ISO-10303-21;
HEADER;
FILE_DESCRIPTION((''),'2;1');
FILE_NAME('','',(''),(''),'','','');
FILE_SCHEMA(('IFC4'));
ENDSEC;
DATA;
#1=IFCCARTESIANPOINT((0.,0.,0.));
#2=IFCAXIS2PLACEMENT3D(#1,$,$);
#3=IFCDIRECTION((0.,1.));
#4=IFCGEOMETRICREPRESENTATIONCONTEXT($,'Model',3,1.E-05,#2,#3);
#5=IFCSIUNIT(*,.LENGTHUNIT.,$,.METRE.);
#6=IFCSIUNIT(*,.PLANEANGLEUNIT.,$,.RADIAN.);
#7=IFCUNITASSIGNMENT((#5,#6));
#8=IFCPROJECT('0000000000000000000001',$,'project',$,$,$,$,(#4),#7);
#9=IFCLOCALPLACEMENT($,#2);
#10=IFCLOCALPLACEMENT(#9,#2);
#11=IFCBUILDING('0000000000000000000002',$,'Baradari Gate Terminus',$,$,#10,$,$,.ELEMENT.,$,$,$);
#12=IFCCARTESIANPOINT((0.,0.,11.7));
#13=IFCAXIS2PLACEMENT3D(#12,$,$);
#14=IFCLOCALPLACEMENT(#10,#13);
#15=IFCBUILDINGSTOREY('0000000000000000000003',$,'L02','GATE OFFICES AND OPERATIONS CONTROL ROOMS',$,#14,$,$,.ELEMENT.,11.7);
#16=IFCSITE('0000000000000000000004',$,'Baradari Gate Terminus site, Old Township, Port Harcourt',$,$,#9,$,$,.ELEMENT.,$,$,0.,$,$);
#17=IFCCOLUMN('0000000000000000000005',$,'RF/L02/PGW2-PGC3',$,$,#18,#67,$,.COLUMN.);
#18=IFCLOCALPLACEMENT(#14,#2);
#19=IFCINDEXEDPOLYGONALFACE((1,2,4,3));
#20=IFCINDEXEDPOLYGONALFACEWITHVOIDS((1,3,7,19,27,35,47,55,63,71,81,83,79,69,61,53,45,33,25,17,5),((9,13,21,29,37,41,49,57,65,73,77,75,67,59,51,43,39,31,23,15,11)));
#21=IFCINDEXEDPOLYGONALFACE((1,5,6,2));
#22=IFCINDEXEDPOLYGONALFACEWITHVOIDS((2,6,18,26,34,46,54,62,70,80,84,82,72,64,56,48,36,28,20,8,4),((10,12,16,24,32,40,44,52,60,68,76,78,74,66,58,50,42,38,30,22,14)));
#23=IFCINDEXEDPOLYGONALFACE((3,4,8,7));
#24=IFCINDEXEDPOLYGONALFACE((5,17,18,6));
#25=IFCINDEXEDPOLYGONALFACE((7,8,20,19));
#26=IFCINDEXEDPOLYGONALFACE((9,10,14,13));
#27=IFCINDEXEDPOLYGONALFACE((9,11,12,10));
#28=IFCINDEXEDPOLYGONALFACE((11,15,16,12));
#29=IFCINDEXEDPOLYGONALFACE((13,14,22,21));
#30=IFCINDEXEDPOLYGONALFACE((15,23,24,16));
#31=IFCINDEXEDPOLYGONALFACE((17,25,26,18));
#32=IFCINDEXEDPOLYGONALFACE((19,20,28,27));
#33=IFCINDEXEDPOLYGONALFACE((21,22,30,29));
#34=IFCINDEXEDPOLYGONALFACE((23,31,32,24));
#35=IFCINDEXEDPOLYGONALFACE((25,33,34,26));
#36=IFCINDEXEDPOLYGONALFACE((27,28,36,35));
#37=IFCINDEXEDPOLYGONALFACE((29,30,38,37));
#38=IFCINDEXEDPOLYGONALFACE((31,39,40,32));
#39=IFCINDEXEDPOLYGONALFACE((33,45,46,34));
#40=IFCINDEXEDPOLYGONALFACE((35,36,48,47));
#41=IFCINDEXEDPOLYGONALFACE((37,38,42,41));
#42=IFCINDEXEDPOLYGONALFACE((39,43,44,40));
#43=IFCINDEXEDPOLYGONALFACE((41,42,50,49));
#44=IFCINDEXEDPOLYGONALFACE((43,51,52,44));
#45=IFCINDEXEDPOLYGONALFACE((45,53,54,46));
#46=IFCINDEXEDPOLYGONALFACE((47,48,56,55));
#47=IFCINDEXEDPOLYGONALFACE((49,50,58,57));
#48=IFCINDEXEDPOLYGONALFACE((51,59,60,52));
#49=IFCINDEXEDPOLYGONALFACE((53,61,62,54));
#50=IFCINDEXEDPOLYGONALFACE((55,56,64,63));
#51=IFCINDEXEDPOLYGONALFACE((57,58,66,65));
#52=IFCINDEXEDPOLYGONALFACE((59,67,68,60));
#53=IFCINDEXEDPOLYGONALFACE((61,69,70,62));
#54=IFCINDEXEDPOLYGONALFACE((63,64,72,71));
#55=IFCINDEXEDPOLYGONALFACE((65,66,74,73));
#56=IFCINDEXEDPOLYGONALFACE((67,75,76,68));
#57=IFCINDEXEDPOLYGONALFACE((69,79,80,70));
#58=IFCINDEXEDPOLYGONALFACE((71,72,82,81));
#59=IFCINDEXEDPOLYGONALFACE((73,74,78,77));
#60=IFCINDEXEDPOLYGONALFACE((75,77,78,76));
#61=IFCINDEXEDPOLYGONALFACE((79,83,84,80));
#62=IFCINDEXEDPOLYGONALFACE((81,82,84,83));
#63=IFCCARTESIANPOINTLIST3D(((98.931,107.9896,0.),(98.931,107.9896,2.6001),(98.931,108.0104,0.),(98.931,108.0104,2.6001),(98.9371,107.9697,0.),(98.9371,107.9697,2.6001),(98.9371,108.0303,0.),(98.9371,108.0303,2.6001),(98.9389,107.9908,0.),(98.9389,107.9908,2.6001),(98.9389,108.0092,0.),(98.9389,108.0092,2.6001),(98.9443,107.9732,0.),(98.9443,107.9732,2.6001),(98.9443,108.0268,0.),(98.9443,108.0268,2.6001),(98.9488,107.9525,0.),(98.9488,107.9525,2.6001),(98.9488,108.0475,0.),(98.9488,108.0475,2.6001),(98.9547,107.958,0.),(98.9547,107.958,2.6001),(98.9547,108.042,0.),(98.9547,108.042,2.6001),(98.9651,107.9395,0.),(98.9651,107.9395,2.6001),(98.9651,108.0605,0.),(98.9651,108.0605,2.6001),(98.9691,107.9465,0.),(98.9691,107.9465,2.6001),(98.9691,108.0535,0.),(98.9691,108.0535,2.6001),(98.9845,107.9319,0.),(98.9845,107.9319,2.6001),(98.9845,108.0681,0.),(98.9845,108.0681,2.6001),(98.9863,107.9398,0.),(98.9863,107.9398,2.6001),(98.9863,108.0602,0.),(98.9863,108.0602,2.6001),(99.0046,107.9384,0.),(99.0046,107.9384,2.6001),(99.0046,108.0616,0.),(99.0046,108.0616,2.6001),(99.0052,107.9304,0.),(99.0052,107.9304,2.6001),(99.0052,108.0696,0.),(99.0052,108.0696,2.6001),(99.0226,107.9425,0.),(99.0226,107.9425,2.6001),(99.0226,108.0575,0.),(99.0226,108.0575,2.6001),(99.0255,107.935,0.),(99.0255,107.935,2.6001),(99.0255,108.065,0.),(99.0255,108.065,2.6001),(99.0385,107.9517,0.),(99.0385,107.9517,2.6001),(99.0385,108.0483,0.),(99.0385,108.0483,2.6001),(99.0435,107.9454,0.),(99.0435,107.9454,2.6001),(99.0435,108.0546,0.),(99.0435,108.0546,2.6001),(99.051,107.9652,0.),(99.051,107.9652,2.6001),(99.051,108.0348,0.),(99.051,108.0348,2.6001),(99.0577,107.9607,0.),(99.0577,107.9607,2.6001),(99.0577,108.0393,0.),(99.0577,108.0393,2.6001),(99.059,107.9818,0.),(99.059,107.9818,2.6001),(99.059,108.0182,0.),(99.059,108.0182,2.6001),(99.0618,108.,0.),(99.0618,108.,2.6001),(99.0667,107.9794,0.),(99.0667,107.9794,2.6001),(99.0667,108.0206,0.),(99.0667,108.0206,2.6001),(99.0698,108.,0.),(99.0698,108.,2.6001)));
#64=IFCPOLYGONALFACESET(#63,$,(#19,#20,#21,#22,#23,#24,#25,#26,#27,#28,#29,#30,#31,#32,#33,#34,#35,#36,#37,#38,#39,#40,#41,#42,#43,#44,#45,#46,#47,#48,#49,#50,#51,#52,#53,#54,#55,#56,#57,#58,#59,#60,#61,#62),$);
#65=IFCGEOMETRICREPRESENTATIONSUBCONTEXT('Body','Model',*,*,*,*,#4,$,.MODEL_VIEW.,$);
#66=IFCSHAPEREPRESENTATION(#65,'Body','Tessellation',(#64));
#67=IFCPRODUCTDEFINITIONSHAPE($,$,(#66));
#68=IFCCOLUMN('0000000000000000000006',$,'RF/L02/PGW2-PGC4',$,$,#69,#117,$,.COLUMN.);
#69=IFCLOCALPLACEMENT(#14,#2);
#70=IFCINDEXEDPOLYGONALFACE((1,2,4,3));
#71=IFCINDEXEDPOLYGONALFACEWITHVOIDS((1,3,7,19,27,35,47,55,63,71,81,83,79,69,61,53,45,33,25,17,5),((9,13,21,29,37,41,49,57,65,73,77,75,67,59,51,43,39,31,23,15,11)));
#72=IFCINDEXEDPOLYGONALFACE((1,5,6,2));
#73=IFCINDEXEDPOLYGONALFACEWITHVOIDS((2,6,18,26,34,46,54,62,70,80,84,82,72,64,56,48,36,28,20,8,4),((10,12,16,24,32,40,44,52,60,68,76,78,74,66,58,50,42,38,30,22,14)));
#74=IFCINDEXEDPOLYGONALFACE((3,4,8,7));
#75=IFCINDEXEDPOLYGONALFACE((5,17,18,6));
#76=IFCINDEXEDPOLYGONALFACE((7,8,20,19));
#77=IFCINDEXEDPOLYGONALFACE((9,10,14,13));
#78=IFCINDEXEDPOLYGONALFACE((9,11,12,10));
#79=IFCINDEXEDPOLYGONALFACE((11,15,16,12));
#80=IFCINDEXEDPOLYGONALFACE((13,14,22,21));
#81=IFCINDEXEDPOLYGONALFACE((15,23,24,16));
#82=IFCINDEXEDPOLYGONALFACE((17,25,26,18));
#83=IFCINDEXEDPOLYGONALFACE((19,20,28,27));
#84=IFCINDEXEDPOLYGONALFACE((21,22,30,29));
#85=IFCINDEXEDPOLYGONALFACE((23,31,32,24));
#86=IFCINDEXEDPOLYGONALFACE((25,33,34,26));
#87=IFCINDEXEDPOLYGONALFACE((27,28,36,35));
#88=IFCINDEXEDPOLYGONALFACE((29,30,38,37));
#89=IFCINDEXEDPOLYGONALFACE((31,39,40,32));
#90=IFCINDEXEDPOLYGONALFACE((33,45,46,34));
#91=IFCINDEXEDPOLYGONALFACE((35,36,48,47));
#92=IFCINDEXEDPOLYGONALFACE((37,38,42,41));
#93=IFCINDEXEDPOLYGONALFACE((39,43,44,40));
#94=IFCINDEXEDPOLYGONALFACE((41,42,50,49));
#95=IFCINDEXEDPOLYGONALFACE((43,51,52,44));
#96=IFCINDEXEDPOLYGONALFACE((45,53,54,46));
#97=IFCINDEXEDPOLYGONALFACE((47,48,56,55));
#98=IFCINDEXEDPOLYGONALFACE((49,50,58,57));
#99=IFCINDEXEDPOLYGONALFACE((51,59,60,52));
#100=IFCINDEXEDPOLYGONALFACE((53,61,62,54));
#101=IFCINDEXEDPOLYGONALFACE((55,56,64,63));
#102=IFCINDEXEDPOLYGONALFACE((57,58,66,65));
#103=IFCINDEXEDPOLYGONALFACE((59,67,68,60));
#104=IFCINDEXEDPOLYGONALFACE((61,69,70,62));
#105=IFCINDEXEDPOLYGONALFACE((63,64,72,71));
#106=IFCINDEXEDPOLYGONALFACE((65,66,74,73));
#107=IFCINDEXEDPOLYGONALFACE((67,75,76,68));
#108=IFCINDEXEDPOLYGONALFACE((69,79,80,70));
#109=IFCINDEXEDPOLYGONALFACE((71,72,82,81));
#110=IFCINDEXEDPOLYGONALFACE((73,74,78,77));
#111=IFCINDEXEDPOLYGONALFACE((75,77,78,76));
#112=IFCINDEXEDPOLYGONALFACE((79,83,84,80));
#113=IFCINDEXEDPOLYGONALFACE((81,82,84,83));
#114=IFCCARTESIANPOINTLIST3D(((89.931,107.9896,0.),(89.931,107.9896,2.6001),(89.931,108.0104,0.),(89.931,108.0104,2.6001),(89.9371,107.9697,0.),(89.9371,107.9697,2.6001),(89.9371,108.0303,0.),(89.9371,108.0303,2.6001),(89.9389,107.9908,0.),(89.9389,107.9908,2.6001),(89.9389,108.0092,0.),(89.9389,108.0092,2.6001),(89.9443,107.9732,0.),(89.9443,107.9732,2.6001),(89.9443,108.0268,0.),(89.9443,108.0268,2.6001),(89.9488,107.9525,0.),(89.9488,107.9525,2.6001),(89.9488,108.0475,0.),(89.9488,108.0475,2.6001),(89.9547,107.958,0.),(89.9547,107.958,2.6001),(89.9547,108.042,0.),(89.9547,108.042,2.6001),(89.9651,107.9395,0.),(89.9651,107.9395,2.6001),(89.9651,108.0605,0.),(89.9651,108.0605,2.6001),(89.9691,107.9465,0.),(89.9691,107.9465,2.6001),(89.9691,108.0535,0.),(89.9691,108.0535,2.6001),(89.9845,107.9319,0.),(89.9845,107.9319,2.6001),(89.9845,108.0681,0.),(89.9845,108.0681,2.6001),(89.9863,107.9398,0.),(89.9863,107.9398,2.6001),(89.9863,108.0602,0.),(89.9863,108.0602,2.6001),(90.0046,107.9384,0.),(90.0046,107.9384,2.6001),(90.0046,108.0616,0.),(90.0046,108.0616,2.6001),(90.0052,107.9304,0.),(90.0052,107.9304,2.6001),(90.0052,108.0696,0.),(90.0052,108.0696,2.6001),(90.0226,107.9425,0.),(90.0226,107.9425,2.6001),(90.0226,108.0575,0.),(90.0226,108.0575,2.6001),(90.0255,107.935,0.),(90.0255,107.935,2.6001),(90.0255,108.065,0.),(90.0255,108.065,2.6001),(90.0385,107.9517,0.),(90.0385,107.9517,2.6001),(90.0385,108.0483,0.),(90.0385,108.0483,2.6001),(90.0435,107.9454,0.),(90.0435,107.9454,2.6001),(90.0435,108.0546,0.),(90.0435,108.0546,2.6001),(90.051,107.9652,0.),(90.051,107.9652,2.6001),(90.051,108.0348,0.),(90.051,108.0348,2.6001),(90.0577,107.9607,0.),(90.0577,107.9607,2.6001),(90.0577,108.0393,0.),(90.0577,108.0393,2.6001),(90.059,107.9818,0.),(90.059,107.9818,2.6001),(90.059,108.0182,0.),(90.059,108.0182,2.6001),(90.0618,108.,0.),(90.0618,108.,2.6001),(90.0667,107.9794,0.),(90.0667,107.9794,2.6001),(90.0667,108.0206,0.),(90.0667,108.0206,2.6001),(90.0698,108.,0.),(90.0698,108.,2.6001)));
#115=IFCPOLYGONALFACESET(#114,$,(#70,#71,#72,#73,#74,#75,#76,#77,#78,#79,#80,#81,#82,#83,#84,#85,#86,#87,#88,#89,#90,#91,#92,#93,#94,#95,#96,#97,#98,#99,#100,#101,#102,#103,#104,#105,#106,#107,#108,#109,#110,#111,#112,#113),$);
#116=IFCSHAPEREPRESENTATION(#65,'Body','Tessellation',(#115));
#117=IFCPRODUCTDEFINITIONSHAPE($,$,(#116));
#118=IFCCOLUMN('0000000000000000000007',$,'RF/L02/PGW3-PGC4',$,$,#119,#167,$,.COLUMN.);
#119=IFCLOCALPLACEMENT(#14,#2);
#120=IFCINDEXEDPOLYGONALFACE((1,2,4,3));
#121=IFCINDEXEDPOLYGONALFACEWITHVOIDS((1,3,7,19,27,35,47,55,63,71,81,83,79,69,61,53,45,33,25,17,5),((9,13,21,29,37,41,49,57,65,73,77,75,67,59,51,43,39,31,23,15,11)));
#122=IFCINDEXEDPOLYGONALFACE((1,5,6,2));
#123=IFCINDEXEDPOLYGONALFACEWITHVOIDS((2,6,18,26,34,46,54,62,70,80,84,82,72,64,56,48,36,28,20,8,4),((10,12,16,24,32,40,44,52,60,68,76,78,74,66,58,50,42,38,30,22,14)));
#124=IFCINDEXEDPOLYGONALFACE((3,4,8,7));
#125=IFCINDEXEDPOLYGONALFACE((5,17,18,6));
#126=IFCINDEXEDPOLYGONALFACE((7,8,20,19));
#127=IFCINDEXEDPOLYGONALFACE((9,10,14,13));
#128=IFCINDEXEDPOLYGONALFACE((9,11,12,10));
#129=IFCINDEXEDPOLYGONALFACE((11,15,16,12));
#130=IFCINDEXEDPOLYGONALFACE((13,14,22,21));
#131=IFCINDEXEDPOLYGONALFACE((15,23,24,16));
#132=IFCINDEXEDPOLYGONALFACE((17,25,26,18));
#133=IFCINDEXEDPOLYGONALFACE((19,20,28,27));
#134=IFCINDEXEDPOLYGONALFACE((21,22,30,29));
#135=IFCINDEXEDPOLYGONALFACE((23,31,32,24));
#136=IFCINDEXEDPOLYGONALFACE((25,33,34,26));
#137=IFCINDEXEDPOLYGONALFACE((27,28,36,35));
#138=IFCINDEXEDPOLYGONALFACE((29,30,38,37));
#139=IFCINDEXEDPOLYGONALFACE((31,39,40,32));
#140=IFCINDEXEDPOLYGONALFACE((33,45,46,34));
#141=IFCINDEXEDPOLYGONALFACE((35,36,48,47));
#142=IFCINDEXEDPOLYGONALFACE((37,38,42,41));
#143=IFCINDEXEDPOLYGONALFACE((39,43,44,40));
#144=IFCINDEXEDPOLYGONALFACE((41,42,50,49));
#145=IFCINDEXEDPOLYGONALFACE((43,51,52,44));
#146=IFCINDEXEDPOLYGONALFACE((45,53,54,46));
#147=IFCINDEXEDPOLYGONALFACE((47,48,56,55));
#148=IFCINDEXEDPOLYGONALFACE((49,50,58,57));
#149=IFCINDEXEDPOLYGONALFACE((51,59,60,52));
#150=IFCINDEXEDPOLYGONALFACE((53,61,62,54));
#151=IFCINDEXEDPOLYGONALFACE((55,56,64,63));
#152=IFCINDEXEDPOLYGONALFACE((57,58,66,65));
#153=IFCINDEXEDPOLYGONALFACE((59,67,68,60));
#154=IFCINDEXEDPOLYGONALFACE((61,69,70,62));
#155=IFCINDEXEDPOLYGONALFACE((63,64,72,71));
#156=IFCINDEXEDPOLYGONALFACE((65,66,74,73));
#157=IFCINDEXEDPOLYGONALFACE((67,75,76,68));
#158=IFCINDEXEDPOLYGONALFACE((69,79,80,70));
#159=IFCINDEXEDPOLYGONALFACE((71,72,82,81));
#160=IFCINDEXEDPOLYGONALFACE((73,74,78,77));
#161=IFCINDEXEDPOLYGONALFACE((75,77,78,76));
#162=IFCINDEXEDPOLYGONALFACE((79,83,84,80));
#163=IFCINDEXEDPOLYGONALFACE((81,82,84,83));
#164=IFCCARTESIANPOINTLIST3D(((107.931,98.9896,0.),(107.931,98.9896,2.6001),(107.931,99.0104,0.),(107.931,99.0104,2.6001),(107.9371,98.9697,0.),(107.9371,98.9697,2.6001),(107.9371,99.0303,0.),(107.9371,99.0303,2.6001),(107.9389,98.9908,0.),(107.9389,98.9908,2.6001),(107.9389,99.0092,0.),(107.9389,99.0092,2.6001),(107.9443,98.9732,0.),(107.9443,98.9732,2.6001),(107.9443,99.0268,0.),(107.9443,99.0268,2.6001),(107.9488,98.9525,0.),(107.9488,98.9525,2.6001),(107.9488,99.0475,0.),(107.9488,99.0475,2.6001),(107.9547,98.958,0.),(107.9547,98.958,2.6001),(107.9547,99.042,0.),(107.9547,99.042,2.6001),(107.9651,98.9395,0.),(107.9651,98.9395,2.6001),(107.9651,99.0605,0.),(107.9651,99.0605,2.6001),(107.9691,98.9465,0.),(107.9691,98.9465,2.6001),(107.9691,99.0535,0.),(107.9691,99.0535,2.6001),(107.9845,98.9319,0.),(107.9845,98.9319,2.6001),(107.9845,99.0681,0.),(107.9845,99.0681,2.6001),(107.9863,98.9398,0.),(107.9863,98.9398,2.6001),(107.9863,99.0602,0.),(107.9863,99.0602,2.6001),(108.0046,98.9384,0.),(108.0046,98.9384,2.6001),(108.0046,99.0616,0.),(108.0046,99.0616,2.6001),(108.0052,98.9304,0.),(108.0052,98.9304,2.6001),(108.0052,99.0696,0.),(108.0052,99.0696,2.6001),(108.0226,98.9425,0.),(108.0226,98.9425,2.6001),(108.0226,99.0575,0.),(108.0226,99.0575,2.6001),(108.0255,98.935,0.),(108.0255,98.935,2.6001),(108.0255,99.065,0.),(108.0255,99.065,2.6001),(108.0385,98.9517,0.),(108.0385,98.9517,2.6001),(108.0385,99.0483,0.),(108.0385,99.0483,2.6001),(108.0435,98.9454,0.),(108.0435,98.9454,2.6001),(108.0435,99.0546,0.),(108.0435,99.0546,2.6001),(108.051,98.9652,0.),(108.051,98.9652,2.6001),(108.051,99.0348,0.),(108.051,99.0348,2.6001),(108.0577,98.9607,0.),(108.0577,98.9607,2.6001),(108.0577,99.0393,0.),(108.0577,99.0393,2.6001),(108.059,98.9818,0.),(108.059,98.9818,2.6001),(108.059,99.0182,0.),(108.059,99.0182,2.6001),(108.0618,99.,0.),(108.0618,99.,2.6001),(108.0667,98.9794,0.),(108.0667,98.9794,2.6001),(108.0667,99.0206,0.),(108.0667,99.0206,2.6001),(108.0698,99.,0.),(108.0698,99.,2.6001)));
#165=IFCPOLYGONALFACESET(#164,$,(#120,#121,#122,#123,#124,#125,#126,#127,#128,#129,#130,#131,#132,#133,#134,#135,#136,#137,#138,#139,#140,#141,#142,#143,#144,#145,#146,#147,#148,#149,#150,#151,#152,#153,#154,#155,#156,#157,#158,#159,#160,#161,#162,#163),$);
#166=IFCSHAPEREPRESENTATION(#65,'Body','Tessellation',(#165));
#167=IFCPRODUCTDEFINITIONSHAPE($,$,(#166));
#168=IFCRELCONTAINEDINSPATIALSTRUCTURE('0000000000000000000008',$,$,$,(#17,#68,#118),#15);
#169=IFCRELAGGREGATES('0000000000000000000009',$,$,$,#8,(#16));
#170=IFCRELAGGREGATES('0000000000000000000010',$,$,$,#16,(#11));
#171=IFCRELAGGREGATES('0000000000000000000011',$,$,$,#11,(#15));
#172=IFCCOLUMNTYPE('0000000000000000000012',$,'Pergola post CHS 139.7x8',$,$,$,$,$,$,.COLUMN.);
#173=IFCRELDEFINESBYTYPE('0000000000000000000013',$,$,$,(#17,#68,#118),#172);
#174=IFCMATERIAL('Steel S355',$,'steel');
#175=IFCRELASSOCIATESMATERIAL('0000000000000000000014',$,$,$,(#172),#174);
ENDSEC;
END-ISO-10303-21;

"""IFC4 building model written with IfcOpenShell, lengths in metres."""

from ifc_helpers import new_model, si_unit, direction, frame, origin, origin_2d, place, context, subcontext, project, spatial, hollow_circle, extrude, material, material_profile, profile_set, type_object, element, save


model = new_model("IFC4")

# Units and contexts
model_context = context("Model", 3, precision=1e-05, world=origin(), true_north=direction((0.0, 1.0)))
body_context = subcontext(model_context, "Body", "Model", "MODEL_VIEW")
ifc_project = project(units=[si_unit("LENGTHUNIT", "METRE"), si_unit("PLANEANGLEUNIT", "RADIAN")], contexts=[model_context])

# Site, building, storey
site_placement = place(None, origin())
site = spatial("IfcSite", under=ifc_project, at=site_placement, Name="Baradari Gate Terminus site, Old Township, Port Harcourt", CompositionType="ELEMENT", RefElevation=0.0)
building_placement = place(site_placement, origin())
building = spatial("IfcBuilding", under=site, at=building_placement, Name="Baradari Gate Terminus", CompositionType="ELEMENT")
storey_placement = place(building_placement, frame((0.0, 0.0, 11.7)))
storey = spatial("IfcBuildingStorey", under=building, at=storey_placement, Name="L02", Description="GATE OFFICES AND OPERATIONS CONTROL ROOMS", CompositionType="ELEMENT", Elevation=11.7)

# Columns
ifc_material_1 = material(Name="Steel S355", Category="steel")
ifc_material_profile_1 = material_profile(ifc_material_1, hollow_circle(Radius=0.0698, WallThickness=0.0081, at=origin_2d()), Name="CHS 139.7x8")
ifc_profile_set_1 = profile_set([ifc_material_profile_1], Name="Steel S355")
column_type = type_object("IfcColumnType", Name="Pergola post CHS 139.7x8", PredefinedType="COLUMN", material=ifc_profile_set_1)
for number, where, z_axis, x_axis, name in (
    (1, (99.0, 108.0, 0.0), (0.0, 0.0, 1.0), (1.0, 0.0, 0.0), "RF/L02/PGW2-PGC3"),
    (2, (90.0, 108.0, 0.0), (0.0, 0.0, 1.0), (1.0, 0.0, 0.0), "RF/L02/PGW2-PGC4"),
    (3, (108.0, 99.0, 0.0), (0.0, 0.0, 1.0), (1.0, 0.0, 0.0), "RF/L02/PGW3-PGC4"),
):
    element("IfcColumn", number, at=place(storey_placement, frame(where, z_axis=z_axis, x_axis=x_axis)), inside=storey, type_object=column_type, Name=name, PredefinedType="COLUMN", context=body_context, shape_type="SweptSolid", body=[
        extrude(hollow_circle(Radius=0.0698, WallThickness=0.0081, at=origin_2d()), origin(), (0.0, 0.0, 1.0), 2.6001),
    ])

save(model, "model.ifc")
